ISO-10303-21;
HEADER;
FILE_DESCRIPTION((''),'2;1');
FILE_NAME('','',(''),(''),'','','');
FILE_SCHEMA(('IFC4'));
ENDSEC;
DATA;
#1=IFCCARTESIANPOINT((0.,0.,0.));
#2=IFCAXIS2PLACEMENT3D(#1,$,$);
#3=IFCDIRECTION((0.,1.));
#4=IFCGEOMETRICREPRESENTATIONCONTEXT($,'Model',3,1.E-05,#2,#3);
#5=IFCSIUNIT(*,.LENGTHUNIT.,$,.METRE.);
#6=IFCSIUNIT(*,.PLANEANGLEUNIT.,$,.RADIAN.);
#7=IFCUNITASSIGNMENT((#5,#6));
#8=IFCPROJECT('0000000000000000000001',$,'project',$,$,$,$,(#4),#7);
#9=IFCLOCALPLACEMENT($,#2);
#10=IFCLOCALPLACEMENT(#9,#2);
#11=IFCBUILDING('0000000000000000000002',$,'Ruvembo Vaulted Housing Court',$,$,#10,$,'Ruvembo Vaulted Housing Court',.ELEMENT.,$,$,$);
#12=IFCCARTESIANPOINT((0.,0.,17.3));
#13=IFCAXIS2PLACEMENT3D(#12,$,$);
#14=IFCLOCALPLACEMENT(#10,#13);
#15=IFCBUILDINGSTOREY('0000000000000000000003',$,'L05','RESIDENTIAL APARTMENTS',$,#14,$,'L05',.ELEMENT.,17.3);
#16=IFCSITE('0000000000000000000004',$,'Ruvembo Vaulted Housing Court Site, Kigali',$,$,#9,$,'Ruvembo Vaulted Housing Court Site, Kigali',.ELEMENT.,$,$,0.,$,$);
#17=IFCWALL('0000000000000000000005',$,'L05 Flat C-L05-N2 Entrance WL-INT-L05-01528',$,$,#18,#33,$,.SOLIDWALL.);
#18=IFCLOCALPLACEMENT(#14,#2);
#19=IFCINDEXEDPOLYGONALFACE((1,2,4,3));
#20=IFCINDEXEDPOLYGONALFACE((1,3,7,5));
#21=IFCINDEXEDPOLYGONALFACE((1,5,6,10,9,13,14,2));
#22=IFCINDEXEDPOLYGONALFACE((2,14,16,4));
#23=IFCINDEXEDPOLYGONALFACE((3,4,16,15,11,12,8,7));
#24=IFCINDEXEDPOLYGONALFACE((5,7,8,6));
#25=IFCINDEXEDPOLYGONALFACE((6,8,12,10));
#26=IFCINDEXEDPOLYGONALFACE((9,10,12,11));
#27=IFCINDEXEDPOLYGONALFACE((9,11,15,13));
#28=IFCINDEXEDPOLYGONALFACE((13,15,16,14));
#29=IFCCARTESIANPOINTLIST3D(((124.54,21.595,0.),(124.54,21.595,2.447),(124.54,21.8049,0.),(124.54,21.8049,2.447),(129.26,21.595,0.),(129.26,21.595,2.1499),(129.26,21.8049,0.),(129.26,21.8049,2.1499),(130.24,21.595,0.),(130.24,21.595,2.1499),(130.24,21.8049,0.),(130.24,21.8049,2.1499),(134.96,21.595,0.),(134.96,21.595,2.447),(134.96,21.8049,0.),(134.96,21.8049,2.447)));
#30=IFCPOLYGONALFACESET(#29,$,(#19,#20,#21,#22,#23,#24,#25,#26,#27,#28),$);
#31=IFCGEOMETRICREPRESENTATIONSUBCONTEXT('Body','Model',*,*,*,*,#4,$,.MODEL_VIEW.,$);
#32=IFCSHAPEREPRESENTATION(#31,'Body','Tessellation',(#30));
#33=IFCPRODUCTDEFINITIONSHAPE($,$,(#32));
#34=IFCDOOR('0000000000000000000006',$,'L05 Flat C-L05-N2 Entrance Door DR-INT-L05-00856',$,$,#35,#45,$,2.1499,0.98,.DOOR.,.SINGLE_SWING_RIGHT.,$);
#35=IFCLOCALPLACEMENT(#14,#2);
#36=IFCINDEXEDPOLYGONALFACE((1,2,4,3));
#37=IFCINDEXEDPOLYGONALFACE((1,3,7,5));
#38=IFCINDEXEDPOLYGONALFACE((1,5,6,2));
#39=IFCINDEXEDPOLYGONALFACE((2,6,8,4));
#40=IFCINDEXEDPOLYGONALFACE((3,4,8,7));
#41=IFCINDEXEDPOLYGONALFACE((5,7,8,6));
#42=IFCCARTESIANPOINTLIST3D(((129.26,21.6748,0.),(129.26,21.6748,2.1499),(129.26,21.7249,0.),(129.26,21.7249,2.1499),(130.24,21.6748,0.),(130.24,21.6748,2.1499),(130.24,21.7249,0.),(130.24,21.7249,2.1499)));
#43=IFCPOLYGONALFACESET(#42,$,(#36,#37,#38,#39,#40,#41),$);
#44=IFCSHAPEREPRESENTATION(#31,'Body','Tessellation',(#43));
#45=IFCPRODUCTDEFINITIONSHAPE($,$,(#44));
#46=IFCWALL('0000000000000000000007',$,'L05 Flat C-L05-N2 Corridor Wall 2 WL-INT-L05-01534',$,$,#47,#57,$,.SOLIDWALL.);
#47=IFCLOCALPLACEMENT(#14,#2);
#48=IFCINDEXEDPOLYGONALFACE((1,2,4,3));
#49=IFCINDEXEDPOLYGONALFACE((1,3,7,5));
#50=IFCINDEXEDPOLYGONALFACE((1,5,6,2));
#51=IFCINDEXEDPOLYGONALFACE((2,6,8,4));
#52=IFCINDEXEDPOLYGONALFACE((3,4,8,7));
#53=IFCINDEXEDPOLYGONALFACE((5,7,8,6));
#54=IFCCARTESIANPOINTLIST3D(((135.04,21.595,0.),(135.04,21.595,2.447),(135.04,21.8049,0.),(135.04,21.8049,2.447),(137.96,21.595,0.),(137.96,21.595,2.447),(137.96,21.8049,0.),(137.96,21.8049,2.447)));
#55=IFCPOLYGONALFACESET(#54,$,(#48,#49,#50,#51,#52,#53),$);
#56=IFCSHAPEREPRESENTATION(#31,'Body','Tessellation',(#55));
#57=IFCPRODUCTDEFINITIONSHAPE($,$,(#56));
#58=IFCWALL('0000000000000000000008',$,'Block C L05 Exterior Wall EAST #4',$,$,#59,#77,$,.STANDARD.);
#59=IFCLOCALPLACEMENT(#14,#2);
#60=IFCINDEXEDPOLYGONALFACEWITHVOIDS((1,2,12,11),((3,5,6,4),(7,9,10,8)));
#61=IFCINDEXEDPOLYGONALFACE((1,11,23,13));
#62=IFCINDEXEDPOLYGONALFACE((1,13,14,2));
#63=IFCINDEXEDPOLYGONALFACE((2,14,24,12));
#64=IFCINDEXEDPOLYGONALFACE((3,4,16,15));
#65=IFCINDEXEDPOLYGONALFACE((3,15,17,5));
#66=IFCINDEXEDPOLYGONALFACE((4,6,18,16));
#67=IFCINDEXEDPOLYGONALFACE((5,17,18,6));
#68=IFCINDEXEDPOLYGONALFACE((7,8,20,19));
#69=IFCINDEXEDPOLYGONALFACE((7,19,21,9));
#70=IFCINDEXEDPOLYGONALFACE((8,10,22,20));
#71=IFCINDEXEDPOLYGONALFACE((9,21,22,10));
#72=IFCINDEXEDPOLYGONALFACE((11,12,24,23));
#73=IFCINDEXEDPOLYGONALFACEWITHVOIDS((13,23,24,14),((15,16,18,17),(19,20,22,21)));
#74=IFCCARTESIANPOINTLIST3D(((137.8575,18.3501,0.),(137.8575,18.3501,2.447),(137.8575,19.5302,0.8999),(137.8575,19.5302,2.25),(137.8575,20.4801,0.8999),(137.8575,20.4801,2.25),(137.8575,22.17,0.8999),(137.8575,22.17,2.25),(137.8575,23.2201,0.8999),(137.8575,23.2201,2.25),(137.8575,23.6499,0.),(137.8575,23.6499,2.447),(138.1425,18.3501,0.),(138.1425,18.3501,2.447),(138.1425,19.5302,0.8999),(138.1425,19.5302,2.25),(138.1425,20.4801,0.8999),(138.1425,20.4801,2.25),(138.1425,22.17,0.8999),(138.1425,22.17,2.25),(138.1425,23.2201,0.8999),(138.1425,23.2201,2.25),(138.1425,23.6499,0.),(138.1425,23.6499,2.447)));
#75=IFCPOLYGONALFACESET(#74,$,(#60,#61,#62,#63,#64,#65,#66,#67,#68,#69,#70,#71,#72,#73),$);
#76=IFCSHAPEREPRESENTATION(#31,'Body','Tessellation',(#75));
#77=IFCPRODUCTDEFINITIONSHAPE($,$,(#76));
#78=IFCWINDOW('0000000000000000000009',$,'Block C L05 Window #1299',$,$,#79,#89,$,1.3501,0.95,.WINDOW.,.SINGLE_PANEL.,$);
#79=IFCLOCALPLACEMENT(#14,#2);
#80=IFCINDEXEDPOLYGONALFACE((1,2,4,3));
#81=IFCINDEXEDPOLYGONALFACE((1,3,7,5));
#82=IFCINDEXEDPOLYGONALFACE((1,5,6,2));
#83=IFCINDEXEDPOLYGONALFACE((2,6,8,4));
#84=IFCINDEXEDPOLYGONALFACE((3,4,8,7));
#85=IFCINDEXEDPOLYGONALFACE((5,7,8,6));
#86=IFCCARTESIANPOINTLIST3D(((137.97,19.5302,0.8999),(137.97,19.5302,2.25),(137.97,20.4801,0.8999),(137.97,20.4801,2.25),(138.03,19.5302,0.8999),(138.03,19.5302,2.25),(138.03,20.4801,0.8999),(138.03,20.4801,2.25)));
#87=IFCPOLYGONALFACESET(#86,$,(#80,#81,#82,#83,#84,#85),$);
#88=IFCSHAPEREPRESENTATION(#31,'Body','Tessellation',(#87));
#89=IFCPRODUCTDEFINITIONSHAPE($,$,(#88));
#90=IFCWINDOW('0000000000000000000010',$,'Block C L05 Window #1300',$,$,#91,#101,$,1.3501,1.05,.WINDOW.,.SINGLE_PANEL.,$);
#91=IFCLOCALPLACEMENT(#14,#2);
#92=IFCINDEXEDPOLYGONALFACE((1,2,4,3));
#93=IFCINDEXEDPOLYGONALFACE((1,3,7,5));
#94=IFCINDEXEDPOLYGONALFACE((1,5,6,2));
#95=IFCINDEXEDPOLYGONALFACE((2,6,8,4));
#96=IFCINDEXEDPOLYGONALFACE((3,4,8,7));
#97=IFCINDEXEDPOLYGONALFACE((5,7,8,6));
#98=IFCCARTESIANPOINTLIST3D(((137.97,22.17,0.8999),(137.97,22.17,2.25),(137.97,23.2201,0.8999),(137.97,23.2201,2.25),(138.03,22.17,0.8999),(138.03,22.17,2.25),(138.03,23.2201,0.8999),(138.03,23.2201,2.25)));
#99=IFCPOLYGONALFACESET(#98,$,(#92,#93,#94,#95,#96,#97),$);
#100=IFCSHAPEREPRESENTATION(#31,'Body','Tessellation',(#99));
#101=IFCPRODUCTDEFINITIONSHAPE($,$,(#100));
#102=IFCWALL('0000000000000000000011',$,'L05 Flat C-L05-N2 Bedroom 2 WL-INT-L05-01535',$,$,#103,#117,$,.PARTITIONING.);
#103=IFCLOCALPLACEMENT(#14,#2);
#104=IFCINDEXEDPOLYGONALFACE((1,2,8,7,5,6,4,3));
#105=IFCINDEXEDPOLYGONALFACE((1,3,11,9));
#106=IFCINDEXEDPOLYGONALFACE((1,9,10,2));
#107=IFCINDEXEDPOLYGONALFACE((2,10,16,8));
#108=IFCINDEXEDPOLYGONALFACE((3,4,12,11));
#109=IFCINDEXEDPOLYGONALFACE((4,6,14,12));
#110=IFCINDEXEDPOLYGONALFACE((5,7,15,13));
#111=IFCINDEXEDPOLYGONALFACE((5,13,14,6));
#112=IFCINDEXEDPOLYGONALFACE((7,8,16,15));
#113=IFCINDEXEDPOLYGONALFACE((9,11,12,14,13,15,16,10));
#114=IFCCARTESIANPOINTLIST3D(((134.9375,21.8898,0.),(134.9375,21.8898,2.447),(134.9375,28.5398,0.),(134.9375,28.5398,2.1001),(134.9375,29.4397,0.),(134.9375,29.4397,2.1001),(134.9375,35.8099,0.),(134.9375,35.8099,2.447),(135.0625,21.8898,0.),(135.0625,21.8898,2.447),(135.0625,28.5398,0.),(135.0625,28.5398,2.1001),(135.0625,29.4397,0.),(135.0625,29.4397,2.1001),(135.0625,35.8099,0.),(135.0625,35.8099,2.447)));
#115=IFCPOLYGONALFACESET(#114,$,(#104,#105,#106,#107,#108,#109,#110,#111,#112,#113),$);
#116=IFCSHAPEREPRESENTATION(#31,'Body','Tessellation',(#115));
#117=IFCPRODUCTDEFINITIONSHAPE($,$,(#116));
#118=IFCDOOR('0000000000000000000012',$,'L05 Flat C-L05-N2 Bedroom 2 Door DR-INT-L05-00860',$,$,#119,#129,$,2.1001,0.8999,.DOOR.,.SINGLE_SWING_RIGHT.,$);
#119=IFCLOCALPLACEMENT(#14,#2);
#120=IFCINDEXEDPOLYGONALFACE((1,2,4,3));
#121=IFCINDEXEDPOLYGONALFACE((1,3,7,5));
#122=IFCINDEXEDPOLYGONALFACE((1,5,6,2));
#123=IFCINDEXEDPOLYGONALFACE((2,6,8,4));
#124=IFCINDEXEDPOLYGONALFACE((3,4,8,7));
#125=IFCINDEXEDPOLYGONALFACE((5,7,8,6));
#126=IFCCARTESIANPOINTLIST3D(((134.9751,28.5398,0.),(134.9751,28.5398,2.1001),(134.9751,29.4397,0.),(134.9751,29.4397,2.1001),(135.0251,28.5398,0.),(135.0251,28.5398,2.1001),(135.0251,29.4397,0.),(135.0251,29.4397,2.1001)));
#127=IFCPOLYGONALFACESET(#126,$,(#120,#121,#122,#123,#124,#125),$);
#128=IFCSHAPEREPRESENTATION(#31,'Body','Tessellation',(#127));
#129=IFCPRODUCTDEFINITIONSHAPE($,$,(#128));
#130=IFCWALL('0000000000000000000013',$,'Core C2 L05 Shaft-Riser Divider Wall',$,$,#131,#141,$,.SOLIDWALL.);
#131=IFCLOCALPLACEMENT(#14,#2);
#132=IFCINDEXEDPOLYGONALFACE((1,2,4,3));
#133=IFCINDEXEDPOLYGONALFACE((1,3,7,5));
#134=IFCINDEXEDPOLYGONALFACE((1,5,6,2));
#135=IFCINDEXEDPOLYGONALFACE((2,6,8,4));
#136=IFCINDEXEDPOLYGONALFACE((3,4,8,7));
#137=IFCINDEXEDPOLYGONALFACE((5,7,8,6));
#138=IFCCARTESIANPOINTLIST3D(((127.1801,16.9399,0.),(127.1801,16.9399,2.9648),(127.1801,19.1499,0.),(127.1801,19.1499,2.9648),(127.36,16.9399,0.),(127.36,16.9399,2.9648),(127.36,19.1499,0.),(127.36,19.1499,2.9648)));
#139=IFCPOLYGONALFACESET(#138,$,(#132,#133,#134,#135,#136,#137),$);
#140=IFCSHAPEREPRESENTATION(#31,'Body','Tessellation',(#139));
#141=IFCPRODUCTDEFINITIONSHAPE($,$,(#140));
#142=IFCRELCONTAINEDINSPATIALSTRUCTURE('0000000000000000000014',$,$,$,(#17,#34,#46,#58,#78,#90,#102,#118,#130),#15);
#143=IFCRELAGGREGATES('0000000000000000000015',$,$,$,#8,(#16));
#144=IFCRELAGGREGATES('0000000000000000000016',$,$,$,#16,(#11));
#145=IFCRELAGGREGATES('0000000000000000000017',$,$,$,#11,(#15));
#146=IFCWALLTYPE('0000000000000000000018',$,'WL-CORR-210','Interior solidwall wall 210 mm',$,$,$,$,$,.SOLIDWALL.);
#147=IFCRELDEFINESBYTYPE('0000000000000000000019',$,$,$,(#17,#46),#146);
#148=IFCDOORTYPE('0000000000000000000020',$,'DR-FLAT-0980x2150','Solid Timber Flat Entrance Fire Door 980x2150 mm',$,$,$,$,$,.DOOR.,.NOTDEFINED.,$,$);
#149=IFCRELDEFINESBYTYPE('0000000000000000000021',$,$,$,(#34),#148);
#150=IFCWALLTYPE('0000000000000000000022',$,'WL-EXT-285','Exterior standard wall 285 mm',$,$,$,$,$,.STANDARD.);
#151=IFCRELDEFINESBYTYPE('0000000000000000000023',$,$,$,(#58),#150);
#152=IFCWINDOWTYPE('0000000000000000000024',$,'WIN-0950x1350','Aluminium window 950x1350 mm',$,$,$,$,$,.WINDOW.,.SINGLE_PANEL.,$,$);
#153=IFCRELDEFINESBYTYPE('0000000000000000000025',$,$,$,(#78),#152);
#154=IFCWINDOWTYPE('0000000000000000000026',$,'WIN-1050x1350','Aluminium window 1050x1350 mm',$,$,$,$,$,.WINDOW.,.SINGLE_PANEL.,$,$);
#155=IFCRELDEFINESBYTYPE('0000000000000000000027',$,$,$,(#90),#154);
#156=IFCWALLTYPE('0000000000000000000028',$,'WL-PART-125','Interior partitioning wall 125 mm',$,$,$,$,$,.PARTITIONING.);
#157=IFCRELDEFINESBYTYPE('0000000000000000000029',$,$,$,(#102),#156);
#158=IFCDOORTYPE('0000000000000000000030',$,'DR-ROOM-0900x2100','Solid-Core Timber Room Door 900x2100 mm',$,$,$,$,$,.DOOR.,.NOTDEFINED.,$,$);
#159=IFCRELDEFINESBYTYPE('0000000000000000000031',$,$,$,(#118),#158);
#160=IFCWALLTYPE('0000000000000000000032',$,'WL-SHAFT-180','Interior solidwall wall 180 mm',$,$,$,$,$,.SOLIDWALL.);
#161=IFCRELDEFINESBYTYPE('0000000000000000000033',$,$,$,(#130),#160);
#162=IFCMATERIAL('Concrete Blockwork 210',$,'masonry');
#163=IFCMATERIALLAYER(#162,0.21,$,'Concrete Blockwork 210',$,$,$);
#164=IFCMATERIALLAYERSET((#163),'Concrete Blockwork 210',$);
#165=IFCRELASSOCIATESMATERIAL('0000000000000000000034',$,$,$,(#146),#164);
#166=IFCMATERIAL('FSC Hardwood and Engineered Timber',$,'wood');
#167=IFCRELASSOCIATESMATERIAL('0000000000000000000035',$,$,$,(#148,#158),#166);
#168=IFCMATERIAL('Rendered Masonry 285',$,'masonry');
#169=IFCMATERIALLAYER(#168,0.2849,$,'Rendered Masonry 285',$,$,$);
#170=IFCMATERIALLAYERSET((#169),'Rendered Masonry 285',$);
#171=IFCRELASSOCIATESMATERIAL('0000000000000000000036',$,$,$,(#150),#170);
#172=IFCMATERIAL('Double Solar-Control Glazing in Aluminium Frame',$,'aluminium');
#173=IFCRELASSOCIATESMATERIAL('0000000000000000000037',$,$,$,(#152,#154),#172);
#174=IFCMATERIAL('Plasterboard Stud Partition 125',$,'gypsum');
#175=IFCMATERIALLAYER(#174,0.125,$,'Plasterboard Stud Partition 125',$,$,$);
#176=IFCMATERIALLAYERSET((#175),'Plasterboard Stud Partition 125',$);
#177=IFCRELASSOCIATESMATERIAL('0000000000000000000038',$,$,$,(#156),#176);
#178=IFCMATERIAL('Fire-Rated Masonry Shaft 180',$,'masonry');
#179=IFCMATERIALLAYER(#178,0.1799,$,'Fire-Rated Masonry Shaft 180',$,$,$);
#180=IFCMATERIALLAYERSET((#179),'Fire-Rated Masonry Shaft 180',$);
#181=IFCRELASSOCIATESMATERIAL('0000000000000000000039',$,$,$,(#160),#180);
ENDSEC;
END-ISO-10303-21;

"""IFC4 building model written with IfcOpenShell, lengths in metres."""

from ifc_helpers import new_model, si_unit, direction, frame, frame_2d, origin, place, context, subcontext, project, spatial, rectangle, extrude, material, layer, layer_set, type_object, element, fill, save


model = new_model("IFC4")

# Units and contexts
model_context = context("Model", 3, precision=1e-05, world=origin(), true_north=direction((0.0, 1.0)))
body_context = subcontext(model_context, "Body", "Model", "MODEL_VIEW")
ifc_project = project(units=[si_unit("LENGTHUNIT", "METRE"), si_unit("PLANEANGLEUNIT", "RADIAN")], contexts=[model_context])

# Site, building, storey
site_placement = place(None, origin())
site = spatial("IfcSite", under=ifc_project, at=site_placement, Name="Ruvembo Vaulted Housing Court Site, Kigali", LongName="Ruvembo Vaulted Housing Court Site, Kigali", CompositionType="ELEMENT", RefElevation=0.0)
building_placement = place(site_placement, origin())
building = spatial("IfcBuilding", under=site, at=building_placement, Name="Ruvembo Vaulted Housing Court", LongName="Ruvembo Vaulted Housing Court", CompositionType="ELEMENT")
storey_placement = place(building_placement, frame((0.0, 0.0, 17.3)))
storey = spatial("IfcBuildingStorey", under=building, at=storey_placement, Name="L05", Description="RESIDENTIAL APARTMENTS", LongName="L05", CompositionType="ELEMENT", Elevation=17.3)

# Wall, opening, door
ifc_material_1 = material(Name="Concrete Blockwork 210", Category="masonry")
ifc_layer_1 = layer(ifc_material_1, 0.21, Name="Concrete Blockwork 210")
ifc_layer_set_1 = layer_set([ifc_layer_1], Name="Concrete Blockwork 210")
wall_type_1 = type_object("IfcWallType", Name="WL-CORR-210", Description="Interior solidwall wall 210 mm", PredefinedType="SOLIDWALL", material=ifc_layer_set_1)
wall_1_placement = place(storey_placement, frame((124.54, 21.7, 0.0), z_axis=(0.0, 0.0, 1.0), x_axis=(1.0, 0.0, 0.0)))
wall_1 = element("IfcWall", 1, at=wall_1_placement, inside=storey, type_object=wall_type_1, Name="L05 Flat C-L05-N2 Entrance WL-INT-L05-01528", PredefinedType="SOLIDWALL", context=body_context, shape_type="SweptSolid", body=[
    extrude(rectangle(XDim=10.4199, YDim=0.21, at=frame_2d((5.21, 0.0))), origin(), (0.0, 0.0, 1.0), 2.447),
])
opening_1_placement = place(wall_1_placement, frame((4.72, 0.0, 0.0)))
opening_1 = element("IfcOpeningElement", 2, at=opening_1_placement, cuts=wall_1, PredefinedType="OPENING", context=body_context, shape_type="SweptSolid", body=[
    extrude(rectangle(XDim=0.98, YDim=2.1499, at=frame_2d((0.49, 1.075))), frame((0.0, 0.115, 0.0), z_axis=(0.0, -1.0, 0.0), x_axis=(1.0, 0.0, 0.0)), (0.0, 0.0, 1.0), 0.23),
])
ifc_material_2 = material(Name="FSC Hardwood and Engineered Timber", Category="wood")
door_type_1 = type_object("IfcDoorType", Name="DR-FLAT-0980x2150", Description="Solid Timber Flat Entrance Fire Door 980x2150 mm", OperationType="NOTDEFINED", PredefinedType="DOOR", material=ifc_material_2)
door_1_placement = place(opening_1_placement, origin())
door_1 = element("IfcDoor", 3, at=door_1_placement, inside=storey, type_object=door_type_1, Name="L05 Flat C-L05-N2 Entrance Door DR-INT-L05-00856", OperationType="SINGLE_SWING_RIGHT", OverallHeight=2.1499, OverallWidth=0.98, PredefinedType="DOOR", context=body_context, shape_type="SweptSolid", body=[
    extrude(rectangle(XDim=0.98, YDim=2.1499, at=frame_2d((0.49, 1.075))), frame((0.0, 0.0249, 0.0), z_axis=(0.0, -1.0, 0.0), x_axis=(1.0, 0.0, 0.0)), (0.0, 0.0, 1.0), 0.05),
])
fill(opening_1, door_1)

# Wall
wall_2_placement = place(storey_placement, frame((135.04, 21.7, 0.0), z_axis=(0.0, 0.0, 1.0), x_axis=(1.0, 0.0, 0.0)))
element("IfcWall", 4, at=wall_2_placement, inside=storey, type_object=wall_type_1, Name="L05 Flat C-L05-N2 Corridor Wall 2 WL-INT-L05-01534", PredefinedType="SOLIDWALL", context=body_context, shape_type="SweptSolid", body=[
    extrude(rectangle(XDim=2.9199, YDim=0.21, at=frame_2d((1.46, 0.0))), origin(), (0.0, 0.0, 1.0), 2.447),
])

# Wall, openings, windows
ifc_material_3 = material(Name="Rendered Masonry 285", Category="masonry")
ifc_layer_2 = layer(ifc_material_3, 0.2849, Name="Rendered Masonry 285")
ifc_layer_set_2 = layer_set([ifc_layer_2], Name="Rendered Masonry 285")
wall_type_2 = type_object("IfcWallType", Name="WL-EXT-285", Description="Exterior standard wall 285 mm", PredefinedType="STANDARD", material=ifc_layer_set_2)
wall_3_placement = place(storey_placement, frame((138.0, 18.3501, 0.0), z_axis=(0.0, 0.0, 1.0), x_axis=(0.0, 1.0, 0.0)))
wall_3 = element("IfcWall", 5, at=wall_3_placement, inside=storey, type_object=wall_type_2, Name="Block C L05 Exterior Wall EAST #4", PredefinedType="STANDARD", context=body_context, shape_type="SweptSolid", body=[
    extrude(rectangle(XDim=5.2998, YDim=0.2849, at=frame_2d((2.6499, 0.0))), origin(), (0.0, 0.0, 1.0), 2.447),
])
opening_2_placement = place(wall_3_placement, frame((1.1799, 0.0, 0.8999)))
opening_2 = element("IfcOpeningElement", 6, at=opening_2_placement, cuts=wall_3, PredefinedType="OPENING", context=body_context, shape_type="SweptSolid", body=[
    extrude(rectangle(XDim=0.95, YDim=1.3501, at=frame_2d((0.4751, 0.675))), frame((0.0, 0.1523, 0.0), z_axis=(0.0, -1.0, 0.0), x_axis=(1.0, 0.0, 0.0)), (0.0, 0.0, 1.0), 0.3049),
])
opening_3_placement = place(wall_3_placement, frame((3.8201, 0.0, 0.8999)))
opening_3 = element("IfcOpeningElement", 7, at=opening_3_placement, cuts=wall_3, PredefinedType="OPENING", context=body_context, shape_type="SweptSolid", body=[
    extrude(rectangle(XDim=1.05, YDim=1.3501, at=frame_2d((0.5249, 0.675))), frame((0.0, 0.1523, 0.0), z_axis=(0.0, -1.0, 0.0), x_axis=(1.0, 0.0, 0.0)), (0.0, 0.0, 1.0), 0.3049),
])
ifc_material_4 = material(Name="Double Solar-Control Glazing in Aluminium Frame", Category="aluminium")
window_type_1 = type_object("IfcWindowType", Name="WIN-0950x1350", Description="Aluminium window 950x1350 mm", PartitioningType="SINGLE_PANEL", PredefinedType="WINDOW", material=ifc_material_4)
window_1_placement = place(opening_2_placement, origin())
window_1 = element("IfcWindow", 8, at=window_1_placement, inside=storey, type_object=window_type_1, Name="Block C L05 Window #1299", OverallHeight=1.3501, OverallWidth=0.95, PartitioningType="SINGLE_PANEL", PredefinedType="WINDOW", context=body_context, shape_type="SweptSolid", body=[
    extrude(rectangle(XDim=0.95, YDim=1.3501, at=frame_2d((0.4751, 0.675))), frame((0.0, 0.03, 0.0), z_axis=(0.0, -1.0, 0.0), x_axis=(1.0, 0.0, 0.0)), (0.0, 0.0, 1.0), 0.0601),
])
fill(opening_2, window_1)
window_type_2 = type_object("IfcWindowType", Name="WIN-1050x1350", Description="Aluminium window 1050x1350 mm", PartitioningType="SINGLE_PANEL", PredefinedType="WINDOW", material=ifc_material_4)
window_2_placement = place(opening_3_placement, origin())
window_2 = element("IfcWindow", 9, at=window_2_placement, inside=storey, type_object=window_type_2, Name="Block C L05 Window #1300", OverallHeight=1.3501, OverallWidth=1.05, PartitioningType="SINGLE_PANEL", PredefinedType="WINDOW", context=body_context, shape_type="SweptSolid", body=[
    extrude(rectangle(XDim=1.05, YDim=1.3501, at=frame_2d((0.5249, 0.675))), frame((0.0, 0.03, 0.0), z_axis=(0.0, -1.0, 0.0), x_axis=(1.0, 0.0, 0.0)), (0.0, 0.0, 1.0), 0.0601),
])
fill(opening_3, window_2)

# Wall, opening, door
ifc_material_5 = material(Name="Plasterboard Stud Partition 125", Category="gypsum")
ifc_layer_3 = layer(ifc_material_5, 0.125, Name="Plasterboard Stud Partition 125")
ifc_layer_set_3 = layer_set([ifc_layer_3], Name="Plasterboard Stud Partition 125")
wall_type_3 = type_object("IfcWallType", Name="WL-PART-125", Description="Interior partitioning wall 125 mm", PredefinedType="PARTITIONING", material=ifc_layer_set_3)
wall_4_placement = place(storey_placement, frame((135.0, 21.8899, 0.0), z_axis=(0.0, 0.0, 1.0), x_axis=(0.0, 1.0, 0.0)))
wall_4 = element("IfcWall", 10, at=wall_4_placement, inside=storey, type_object=wall_type_3, Name="L05 Flat C-L05-N2 Bedroom 2 WL-INT-L05-01535", PredefinedType="PARTITIONING", context=body_context, shape_type="SweptSolid", body=[
    extrude(rectangle(XDim=13.9202, YDim=0.125, at=frame_2d((6.96, 0.0))), origin(), (0.0, 0.0, 1.0), 2.447),
])
opening_4_placement = place(wall_4_placement, frame((6.6499, 0.0, 0.0)))
opening_4 = element("IfcOpeningElement", 11, at=opening_4_placement, cuts=wall_4, PredefinedType="OPENING", context=body_context, shape_type="SweptSolid", body=[
    extrude(rectangle(XDim=0.8999, YDim=2.1001, at=frame_2d((0.45, 1.05))), frame((0.0, 0.0725, 0.0), z_axis=(0.0, -1.0, 0.0), x_axis=(1.0, 0.0, 0.0)), (0.0, 0.0, 1.0), 0.145),
])
door_type_2 = type_object("IfcDoorType", Name="DR-ROOM-0900x2100", Description="Solid-Core Timber Room Door 900x2100 mm", OperationType="NOTDEFINED", PredefinedType="DOOR", material=ifc_material_2)
door_2_placement = place(opening_4_placement, origin())
door_2 = element("IfcDoor", 12, at=door_2_placement, inside=storey, type_object=door_type_2, Name="L05 Flat C-L05-N2 Bedroom 2 Door DR-INT-L05-00860", OperationType="SINGLE_SWING_RIGHT", OverallHeight=2.1001, OverallWidth=0.8999, PredefinedType="DOOR", context=body_context, shape_type="SweptSolid", body=[
    extrude(rectangle(XDim=0.8999, YDim=2.1001, at=frame_2d((0.45, 1.05))), frame((0.0, 0.0249, 0.0), z_axis=(0.0, -1.0, 0.0), x_axis=(1.0, 0.0, 0.0)), (0.0, 0.0, 1.0), 0.05),
])
fill(opening_4, door_2)

# Shared definitions
ifc_material_6 = material(Name="Fire-Rated Masonry Shaft 180", Category="masonry")
ifc_layer_4 = layer(ifc_material_6, 0.1799, Name="Fire-Rated Masonry Shaft 180")
ifc_layer_set_4 = layer_set([ifc_layer_4], Name="Fire-Rated Masonry Shaft 180")
wall_type_4 = type_object("IfcWallType", Name="WL-SHAFT-180", Description="Interior solidwall wall 180 mm", PredefinedType="SOLIDWALL", material=ifc_layer_set_4)

# Wall
wall_5_placement = place(storey_placement, frame((127.27, 16.9399, 0.0), z_axis=(0.0, 0.0, 1.0), x_axis=(0.0, 1.0, 0.0)))
element("IfcWall", 13, at=wall_5_placement, inside=storey, type_object=wall_type_4, Name="Core C2 L05 Shaft-Riser Divider Wall", PredefinedType="SOLIDWALL", context=body_context, shape_type="SweptSolid", body=[
    extrude(rectangle(XDim=2.21, YDim=0.1799, at=frame_2d((1.105, 0.0))), origin(), (0.0, 0.0, 1.0), 2.9648),
])

save(model, "model.ifc")
